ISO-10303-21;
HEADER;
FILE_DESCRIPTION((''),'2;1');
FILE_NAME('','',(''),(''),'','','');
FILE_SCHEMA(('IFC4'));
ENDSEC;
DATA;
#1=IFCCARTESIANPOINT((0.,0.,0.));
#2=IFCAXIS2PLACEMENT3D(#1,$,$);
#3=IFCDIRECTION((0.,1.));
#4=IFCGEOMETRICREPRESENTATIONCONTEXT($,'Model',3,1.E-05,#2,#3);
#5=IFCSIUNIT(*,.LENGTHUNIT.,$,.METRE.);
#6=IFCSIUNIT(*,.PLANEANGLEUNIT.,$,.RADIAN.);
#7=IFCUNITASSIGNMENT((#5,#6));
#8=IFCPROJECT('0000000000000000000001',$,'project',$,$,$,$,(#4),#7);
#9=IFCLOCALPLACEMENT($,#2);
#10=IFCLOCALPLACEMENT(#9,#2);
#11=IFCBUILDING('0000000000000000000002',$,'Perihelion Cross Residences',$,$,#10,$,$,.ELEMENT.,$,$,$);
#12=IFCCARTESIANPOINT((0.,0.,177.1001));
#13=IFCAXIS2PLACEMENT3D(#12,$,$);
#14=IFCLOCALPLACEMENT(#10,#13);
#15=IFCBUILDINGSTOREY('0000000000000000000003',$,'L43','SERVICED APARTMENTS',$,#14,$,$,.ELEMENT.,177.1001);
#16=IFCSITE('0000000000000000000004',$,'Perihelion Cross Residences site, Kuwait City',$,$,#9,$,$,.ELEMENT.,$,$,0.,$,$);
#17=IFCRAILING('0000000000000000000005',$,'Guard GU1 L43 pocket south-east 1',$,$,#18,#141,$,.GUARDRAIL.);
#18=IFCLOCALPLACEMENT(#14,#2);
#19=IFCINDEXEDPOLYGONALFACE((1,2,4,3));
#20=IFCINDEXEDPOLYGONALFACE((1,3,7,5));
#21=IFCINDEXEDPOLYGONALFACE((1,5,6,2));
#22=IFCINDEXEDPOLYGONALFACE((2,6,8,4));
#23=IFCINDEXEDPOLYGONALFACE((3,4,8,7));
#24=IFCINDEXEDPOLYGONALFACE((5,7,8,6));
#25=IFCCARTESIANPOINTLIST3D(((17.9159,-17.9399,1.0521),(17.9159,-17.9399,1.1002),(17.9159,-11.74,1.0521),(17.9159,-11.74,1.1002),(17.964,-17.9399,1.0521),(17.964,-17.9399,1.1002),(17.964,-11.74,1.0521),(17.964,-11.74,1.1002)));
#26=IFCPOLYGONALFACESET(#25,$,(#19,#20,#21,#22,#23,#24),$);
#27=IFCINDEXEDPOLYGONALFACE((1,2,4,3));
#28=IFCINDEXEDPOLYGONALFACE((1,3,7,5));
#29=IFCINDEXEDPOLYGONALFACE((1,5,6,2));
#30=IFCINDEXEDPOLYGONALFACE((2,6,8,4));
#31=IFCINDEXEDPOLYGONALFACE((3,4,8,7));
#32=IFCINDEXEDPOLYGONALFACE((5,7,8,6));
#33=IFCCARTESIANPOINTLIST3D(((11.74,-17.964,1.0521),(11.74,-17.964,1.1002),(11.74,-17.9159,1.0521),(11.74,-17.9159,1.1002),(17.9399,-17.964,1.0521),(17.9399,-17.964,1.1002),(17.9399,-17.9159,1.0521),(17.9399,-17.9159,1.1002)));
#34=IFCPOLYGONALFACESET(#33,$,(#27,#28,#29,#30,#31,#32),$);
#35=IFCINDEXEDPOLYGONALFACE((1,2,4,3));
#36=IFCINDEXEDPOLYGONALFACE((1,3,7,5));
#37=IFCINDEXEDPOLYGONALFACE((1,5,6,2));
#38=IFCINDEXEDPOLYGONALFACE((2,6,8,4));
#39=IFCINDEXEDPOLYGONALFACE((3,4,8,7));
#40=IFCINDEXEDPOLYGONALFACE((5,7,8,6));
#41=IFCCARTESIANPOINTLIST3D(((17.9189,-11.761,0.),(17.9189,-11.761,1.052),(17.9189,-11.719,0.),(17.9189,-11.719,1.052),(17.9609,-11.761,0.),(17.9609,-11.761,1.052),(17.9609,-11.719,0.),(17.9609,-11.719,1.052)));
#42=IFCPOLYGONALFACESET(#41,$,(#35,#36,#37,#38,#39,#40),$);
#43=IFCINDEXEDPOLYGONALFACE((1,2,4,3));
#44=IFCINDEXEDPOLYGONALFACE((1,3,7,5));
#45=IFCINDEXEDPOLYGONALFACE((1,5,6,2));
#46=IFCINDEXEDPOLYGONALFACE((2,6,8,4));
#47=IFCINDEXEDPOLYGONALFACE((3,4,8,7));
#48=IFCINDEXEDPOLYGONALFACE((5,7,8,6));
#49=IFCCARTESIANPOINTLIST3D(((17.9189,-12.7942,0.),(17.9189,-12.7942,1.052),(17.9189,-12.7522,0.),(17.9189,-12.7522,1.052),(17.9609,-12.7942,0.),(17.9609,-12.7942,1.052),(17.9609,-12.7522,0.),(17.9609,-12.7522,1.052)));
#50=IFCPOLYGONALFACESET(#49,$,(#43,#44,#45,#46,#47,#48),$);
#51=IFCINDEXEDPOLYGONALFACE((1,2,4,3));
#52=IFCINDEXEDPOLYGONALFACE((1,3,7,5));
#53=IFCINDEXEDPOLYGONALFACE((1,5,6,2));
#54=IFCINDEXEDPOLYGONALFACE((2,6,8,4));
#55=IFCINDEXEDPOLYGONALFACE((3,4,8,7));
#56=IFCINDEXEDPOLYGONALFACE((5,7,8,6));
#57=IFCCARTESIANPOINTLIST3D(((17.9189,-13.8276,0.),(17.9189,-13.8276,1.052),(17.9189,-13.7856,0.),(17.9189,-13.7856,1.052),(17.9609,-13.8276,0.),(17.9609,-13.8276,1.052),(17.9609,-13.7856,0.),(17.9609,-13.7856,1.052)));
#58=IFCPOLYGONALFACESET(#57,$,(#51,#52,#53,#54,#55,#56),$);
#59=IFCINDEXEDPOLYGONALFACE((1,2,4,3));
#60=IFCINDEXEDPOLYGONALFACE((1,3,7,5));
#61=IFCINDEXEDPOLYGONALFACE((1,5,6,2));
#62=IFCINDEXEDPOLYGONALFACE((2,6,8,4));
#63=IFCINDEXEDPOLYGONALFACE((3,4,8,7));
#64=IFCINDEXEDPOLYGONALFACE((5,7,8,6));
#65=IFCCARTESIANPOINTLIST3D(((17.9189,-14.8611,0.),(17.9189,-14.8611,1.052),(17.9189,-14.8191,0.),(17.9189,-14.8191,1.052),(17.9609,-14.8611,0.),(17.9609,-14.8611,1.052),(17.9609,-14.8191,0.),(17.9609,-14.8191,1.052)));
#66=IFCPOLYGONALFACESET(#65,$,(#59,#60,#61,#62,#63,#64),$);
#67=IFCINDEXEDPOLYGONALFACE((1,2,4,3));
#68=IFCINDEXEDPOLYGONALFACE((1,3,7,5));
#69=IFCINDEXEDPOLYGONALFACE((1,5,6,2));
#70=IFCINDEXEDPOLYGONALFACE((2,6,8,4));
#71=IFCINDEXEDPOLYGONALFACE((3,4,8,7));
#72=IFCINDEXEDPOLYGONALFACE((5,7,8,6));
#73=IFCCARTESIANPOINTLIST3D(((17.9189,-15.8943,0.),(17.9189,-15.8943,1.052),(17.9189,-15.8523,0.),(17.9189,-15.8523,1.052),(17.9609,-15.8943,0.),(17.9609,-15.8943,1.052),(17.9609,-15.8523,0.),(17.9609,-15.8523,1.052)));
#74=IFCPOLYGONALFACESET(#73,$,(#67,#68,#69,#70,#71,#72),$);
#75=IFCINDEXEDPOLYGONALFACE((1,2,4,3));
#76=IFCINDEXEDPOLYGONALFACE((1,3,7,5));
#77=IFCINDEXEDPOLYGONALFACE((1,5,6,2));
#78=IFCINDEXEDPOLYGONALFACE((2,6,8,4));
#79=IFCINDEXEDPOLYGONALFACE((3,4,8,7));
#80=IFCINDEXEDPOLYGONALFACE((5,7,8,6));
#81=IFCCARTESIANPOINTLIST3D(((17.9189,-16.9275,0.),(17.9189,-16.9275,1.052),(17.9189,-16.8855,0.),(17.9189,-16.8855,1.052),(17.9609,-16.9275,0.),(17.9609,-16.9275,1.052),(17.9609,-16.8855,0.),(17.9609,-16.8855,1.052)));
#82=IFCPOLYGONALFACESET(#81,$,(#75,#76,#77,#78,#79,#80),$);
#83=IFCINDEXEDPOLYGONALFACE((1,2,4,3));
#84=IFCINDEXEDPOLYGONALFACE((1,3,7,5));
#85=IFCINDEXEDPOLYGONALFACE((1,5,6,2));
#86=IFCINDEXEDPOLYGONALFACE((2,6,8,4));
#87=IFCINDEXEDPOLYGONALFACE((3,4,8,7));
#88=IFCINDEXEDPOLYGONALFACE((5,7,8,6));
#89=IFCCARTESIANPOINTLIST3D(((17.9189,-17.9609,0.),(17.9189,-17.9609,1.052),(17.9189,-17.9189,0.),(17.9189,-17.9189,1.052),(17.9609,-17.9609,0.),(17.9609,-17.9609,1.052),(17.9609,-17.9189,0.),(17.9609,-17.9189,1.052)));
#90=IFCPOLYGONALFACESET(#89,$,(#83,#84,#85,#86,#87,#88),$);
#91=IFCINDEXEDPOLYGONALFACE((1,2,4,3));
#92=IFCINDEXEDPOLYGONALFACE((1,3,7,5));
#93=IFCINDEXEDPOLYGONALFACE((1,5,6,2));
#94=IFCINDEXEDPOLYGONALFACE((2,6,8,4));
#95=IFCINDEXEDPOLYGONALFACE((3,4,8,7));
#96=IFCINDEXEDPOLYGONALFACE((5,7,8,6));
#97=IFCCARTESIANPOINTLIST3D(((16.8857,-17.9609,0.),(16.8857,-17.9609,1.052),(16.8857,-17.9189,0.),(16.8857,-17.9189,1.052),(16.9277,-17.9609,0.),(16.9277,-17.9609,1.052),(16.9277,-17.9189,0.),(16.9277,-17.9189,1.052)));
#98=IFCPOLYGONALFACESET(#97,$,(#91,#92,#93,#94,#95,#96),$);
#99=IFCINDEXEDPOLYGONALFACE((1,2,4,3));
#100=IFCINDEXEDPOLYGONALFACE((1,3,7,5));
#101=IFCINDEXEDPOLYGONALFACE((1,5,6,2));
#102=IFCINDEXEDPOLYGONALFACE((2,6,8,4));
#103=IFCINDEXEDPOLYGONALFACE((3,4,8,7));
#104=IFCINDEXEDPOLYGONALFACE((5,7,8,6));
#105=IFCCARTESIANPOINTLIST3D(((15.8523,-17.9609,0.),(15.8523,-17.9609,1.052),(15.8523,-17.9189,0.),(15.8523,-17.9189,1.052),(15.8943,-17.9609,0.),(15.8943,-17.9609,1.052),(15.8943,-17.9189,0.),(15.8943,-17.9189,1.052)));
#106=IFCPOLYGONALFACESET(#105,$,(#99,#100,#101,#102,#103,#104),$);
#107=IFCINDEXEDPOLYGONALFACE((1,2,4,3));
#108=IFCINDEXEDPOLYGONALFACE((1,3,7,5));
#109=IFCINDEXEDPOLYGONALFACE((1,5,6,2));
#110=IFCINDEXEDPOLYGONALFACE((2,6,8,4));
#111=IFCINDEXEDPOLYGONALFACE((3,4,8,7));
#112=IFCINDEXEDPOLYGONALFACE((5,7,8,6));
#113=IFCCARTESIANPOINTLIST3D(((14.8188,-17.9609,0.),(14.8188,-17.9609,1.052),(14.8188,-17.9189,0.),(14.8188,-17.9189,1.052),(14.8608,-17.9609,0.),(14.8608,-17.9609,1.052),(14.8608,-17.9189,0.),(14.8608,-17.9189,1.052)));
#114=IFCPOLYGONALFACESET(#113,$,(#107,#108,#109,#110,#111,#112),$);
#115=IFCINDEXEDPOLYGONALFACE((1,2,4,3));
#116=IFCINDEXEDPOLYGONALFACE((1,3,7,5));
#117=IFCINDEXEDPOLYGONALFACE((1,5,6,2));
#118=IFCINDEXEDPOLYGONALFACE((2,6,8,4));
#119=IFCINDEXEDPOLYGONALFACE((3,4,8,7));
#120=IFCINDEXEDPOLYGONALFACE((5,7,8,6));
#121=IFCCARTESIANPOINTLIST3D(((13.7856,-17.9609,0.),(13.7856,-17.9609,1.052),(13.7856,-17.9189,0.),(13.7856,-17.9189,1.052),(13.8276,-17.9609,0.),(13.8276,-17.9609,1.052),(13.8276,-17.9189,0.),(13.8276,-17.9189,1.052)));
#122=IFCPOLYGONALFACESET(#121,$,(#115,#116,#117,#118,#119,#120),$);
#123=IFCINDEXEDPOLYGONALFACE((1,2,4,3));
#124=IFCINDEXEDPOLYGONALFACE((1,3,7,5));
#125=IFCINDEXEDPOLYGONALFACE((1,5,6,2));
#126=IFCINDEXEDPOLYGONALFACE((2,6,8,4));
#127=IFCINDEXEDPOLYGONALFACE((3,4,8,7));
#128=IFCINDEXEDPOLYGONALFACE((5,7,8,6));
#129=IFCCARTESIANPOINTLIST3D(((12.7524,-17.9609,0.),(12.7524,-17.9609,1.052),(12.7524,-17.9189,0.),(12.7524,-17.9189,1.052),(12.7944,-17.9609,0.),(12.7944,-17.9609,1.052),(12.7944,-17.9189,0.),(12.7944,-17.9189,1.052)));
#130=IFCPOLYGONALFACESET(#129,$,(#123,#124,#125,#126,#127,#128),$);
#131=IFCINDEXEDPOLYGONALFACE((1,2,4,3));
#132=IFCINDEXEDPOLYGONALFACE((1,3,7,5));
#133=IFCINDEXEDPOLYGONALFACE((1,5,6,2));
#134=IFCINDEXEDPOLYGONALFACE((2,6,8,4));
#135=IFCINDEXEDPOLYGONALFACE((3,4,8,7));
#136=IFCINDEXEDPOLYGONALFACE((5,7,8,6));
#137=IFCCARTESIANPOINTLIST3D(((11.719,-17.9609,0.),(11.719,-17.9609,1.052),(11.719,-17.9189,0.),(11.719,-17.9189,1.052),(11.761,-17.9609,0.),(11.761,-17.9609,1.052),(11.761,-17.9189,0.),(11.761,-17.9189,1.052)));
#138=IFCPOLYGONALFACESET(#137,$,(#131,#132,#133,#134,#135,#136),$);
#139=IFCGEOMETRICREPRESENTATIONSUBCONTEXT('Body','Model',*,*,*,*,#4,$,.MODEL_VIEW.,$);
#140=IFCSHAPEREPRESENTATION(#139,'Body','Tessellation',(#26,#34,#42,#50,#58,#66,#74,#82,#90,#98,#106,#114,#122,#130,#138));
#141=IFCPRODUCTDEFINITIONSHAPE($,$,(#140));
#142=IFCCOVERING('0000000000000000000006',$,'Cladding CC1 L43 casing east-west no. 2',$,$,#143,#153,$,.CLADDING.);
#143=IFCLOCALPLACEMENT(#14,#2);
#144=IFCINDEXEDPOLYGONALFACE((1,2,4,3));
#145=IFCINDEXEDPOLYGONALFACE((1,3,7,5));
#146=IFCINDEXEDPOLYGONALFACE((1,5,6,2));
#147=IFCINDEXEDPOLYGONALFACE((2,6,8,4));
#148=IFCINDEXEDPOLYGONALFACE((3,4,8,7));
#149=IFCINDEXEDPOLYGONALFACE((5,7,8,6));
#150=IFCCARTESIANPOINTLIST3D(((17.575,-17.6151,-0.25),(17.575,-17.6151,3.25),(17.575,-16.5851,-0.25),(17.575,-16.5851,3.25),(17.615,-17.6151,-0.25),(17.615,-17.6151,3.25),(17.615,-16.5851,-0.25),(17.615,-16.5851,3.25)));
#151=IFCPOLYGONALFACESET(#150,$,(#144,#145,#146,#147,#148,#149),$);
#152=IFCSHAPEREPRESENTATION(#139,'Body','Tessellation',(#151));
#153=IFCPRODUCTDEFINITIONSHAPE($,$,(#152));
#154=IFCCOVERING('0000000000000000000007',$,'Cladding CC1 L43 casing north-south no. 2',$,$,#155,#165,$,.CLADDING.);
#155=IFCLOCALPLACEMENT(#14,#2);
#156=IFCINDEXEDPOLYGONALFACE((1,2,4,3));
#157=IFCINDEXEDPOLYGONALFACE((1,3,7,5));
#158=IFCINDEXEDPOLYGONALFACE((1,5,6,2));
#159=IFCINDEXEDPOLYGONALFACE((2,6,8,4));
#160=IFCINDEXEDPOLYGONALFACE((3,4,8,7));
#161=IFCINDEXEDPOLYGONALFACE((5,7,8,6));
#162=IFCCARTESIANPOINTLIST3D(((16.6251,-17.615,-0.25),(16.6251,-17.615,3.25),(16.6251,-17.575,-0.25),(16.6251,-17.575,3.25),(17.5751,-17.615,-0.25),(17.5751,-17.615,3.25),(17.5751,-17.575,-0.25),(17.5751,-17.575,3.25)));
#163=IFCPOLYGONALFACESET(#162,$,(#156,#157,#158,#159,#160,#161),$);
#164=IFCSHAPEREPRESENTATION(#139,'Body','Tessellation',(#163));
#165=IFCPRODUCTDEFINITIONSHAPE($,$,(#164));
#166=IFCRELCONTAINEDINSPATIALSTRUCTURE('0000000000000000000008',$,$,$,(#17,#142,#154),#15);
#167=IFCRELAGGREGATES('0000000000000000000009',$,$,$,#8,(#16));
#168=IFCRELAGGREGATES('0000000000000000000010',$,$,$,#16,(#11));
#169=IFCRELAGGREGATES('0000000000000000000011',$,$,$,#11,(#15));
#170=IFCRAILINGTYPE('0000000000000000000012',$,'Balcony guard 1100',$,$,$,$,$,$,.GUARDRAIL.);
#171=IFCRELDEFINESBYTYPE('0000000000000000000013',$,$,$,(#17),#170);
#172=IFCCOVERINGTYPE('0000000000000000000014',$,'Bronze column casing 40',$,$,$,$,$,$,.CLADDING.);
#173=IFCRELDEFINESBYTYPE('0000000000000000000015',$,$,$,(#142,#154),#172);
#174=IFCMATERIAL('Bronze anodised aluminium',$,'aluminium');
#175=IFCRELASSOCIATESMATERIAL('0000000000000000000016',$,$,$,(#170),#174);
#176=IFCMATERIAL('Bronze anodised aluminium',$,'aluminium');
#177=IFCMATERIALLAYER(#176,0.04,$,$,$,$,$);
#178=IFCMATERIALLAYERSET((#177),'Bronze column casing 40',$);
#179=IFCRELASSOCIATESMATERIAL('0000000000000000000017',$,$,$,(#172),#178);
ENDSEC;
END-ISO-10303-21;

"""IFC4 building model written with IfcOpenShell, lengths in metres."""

from ifc_helpers import new_model, si_unit, direction, frame, origin, origin_2d, place, context, subcontext, project, spatial, rectangle, extrude, material, layer, layer_set, type_object, element, save


model = new_model("IFC4")

# Units and contexts
model_context = context("Model", 3, precision=1e-05, world=origin(), true_north=direction((0.0, 1.0)))
body_context = subcontext(model_context, "Body", "Model", "MODEL_VIEW")
ifc_project = project(units=[si_unit("LENGTHUNIT", "METRE"), si_unit("PLANEANGLEUNIT", "RADIAN")], contexts=[model_context])

# Site, building, storey
site_placement = place(None, origin())
site = spatial("IfcSite", under=ifc_project, at=site_placement, Name="Perihelion Cross Residences site, Kuwait City", CompositionType="ELEMENT", RefElevation=0.0)
building_placement = place(site_placement, origin())
building = spatial("IfcBuilding", under=site, at=building_placement, Name="Perihelion Cross Residences", CompositionType="ELEMENT")
storey_placement = place(building_placement, frame((0.0, 0.0, 177.1001)))
storey = spatial("IfcBuildingStorey", under=building, at=storey_placement, Name="L43", Description="SERVICED APARTMENTS", CompositionType="ELEMENT", Elevation=177.1001)

# Railing
ifc_material_1 = material(Name="Bronze anodised aluminium", Category="aluminium")
railing_type = type_object("IfcRailingType", Name="Balcony guard 1100", PredefinedType="GUARDRAIL", material=ifc_material_1)
railing_1_placement = place(storey_placement, frame((17.9399, -11.74, 0.0)))
element("IfcRailing", 1, at=railing_1_placement, inside=storey, type_object=railing_type, Name="Guard GU1 L43 pocket south-east 1", PredefinedType="GUARDRAIL", context=body_context, shape_type="SweptSolid", body=[
    extrude(rectangle(XDim=0.0481, YDim=0.0481, at=origin_2d()), frame((0.0, 0.0, 1.0762), z_axis=(0.0, -1.0, 0.0), x_axis=(1.0, 0.0, 0.0)), (0.0, 0.0, 1.0), 6.2),
    extrude(rectangle(XDim=0.0481, YDim=0.0481, at=origin_2d()), frame((0.0, -6.2, 1.0762), z_axis=(-1.0, 0.0, 0.0), x_axis=(0.0, -1.0, 0.0)), (0.0, 0.0, 1.0), 6.2),
    extrude(rectangle(XDim=0.042, YDim=0.042, at=origin_2d()), origin(), (0.0, 0.0, 1.0), 1.052),
    extrude(rectangle(XDim=0.042, YDim=0.042, at=origin_2d()), frame((0.0, -1.0332, 0.0)), (0.0, 0.0, 1.0), 1.052),
    extrude(rectangle(XDim=0.042, YDim=0.042, at=origin_2d()), frame((0.0, -2.0667, 0.0)), (0.0, 0.0, 1.0), 1.052),
    extrude(rectangle(XDim=0.042, YDim=0.042, at=origin_2d()), frame((0.0, -3.1001, 0.0)), (0.0, 0.0, 1.0), 1.052),
    extrude(rectangle(XDim=0.042, YDim=0.042, at=origin_2d()), frame((0.0, -4.1333, 0.0)), (0.0, 0.0, 1.0), 1.052),
    extrude(rectangle(XDim=0.042, YDim=0.042, at=origin_2d()), frame((0.0, -5.1665, 0.0)), (0.0, 0.0, 1.0), 1.052),
    extrude(rectangle(XDim=0.042, YDim=0.042, at=origin_2d()), frame((0.0, -6.2, 0.0)), (0.0, 0.0, 1.0), 1.052),
    extrude(rectangle(XDim=0.042, YDim=0.042, at=origin_2d()), frame((-1.0332, -6.2, 0.0)), (0.0, 0.0, 1.0), 1.052),
    extrude(rectangle(XDim=0.042, YDim=0.042, at=origin_2d()), frame((-2.0667, -6.2, 0.0)), (0.0, 0.0, 1.0), 1.052),
    extrude(rectangle(XDim=0.042, YDim=0.042, at=origin_2d()), frame((-3.1001, -6.2, 0.0)), (0.0, 0.0, 1.0), 1.052),
    extrude(rectangle(XDim=0.042, YDim=0.042, at=origin_2d()), frame((-4.1333, -6.2, 0.0)), (0.0, 0.0, 1.0), 1.052),
    extrude(rectangle(XDim=0.042, YDim=0.042, at=origin_2d()), frame((-5.1665, -6.2, 0.0)), (0.0, 0.0, 1.0), 1.052),
    extrude(rectangle(XDim=0.042, YDim=0.042, at=origin_2d()), frame((-6.2, -6.2, 0.0)), (0.0, 0.0, 1.0), 1.052),
])

# Coverings
ifc_material_2 = material(Name="Bronze anodised aluminium", Category="aluminium")
ifc_layer_1 = layer(ifc_material_2, 0.04)
ifc_layer_set_1 = layer_set([ifc_layer_1], Name="Bronze column casing 40")
covering_type = type_object("IfcCoveringType", Name="Bronze column casing 40", PredefinedType="CLADDING", material=ifc_layer_set_1)
covering_1_placement = place(storey_placement, frame((17.595, -17.1001, -0.25), z_axis=(0.0, 0.0, 1.0), x_axis=(1.0, 0.0, 0.0)))
element("IfcCovering", 2, at=covering_1_placement, inside=storey, type_object=covering_type, Name="Cladding CC1 L43 casing east-west no. 2", PredefinedType="CLADDING", context=body_context, shape_type="SweptSolid", body=[
    extrude(rectangle(XDim=0.04, YDim=1.03, at=origin_2d()), origin(), (0.0, 0.0, 1.0), 3.5),
])
covering_2_placement = place(storey_placement, frame((17.1001, -17.595, -0.25), z_axis=(0.0, 0.0, 1.0), x_axis=(1.0, 0.0, 0.0)))
element("IfcCovering", 3, at=covering_2_placement, inside=storey, type_object=covering_type, Name="Cladding CC1 L43 casing north-south no. 2", PredefinedType="CLADDING", context=body_context, shape_type="SweptSolid", body=[
    extrude(rectangle(XDim=0.95, YDim=0.04, at=origin_2d()), origin(), (0.0, 0.0, 1.0), 3.5),
])

save(model, "model.ifc")
